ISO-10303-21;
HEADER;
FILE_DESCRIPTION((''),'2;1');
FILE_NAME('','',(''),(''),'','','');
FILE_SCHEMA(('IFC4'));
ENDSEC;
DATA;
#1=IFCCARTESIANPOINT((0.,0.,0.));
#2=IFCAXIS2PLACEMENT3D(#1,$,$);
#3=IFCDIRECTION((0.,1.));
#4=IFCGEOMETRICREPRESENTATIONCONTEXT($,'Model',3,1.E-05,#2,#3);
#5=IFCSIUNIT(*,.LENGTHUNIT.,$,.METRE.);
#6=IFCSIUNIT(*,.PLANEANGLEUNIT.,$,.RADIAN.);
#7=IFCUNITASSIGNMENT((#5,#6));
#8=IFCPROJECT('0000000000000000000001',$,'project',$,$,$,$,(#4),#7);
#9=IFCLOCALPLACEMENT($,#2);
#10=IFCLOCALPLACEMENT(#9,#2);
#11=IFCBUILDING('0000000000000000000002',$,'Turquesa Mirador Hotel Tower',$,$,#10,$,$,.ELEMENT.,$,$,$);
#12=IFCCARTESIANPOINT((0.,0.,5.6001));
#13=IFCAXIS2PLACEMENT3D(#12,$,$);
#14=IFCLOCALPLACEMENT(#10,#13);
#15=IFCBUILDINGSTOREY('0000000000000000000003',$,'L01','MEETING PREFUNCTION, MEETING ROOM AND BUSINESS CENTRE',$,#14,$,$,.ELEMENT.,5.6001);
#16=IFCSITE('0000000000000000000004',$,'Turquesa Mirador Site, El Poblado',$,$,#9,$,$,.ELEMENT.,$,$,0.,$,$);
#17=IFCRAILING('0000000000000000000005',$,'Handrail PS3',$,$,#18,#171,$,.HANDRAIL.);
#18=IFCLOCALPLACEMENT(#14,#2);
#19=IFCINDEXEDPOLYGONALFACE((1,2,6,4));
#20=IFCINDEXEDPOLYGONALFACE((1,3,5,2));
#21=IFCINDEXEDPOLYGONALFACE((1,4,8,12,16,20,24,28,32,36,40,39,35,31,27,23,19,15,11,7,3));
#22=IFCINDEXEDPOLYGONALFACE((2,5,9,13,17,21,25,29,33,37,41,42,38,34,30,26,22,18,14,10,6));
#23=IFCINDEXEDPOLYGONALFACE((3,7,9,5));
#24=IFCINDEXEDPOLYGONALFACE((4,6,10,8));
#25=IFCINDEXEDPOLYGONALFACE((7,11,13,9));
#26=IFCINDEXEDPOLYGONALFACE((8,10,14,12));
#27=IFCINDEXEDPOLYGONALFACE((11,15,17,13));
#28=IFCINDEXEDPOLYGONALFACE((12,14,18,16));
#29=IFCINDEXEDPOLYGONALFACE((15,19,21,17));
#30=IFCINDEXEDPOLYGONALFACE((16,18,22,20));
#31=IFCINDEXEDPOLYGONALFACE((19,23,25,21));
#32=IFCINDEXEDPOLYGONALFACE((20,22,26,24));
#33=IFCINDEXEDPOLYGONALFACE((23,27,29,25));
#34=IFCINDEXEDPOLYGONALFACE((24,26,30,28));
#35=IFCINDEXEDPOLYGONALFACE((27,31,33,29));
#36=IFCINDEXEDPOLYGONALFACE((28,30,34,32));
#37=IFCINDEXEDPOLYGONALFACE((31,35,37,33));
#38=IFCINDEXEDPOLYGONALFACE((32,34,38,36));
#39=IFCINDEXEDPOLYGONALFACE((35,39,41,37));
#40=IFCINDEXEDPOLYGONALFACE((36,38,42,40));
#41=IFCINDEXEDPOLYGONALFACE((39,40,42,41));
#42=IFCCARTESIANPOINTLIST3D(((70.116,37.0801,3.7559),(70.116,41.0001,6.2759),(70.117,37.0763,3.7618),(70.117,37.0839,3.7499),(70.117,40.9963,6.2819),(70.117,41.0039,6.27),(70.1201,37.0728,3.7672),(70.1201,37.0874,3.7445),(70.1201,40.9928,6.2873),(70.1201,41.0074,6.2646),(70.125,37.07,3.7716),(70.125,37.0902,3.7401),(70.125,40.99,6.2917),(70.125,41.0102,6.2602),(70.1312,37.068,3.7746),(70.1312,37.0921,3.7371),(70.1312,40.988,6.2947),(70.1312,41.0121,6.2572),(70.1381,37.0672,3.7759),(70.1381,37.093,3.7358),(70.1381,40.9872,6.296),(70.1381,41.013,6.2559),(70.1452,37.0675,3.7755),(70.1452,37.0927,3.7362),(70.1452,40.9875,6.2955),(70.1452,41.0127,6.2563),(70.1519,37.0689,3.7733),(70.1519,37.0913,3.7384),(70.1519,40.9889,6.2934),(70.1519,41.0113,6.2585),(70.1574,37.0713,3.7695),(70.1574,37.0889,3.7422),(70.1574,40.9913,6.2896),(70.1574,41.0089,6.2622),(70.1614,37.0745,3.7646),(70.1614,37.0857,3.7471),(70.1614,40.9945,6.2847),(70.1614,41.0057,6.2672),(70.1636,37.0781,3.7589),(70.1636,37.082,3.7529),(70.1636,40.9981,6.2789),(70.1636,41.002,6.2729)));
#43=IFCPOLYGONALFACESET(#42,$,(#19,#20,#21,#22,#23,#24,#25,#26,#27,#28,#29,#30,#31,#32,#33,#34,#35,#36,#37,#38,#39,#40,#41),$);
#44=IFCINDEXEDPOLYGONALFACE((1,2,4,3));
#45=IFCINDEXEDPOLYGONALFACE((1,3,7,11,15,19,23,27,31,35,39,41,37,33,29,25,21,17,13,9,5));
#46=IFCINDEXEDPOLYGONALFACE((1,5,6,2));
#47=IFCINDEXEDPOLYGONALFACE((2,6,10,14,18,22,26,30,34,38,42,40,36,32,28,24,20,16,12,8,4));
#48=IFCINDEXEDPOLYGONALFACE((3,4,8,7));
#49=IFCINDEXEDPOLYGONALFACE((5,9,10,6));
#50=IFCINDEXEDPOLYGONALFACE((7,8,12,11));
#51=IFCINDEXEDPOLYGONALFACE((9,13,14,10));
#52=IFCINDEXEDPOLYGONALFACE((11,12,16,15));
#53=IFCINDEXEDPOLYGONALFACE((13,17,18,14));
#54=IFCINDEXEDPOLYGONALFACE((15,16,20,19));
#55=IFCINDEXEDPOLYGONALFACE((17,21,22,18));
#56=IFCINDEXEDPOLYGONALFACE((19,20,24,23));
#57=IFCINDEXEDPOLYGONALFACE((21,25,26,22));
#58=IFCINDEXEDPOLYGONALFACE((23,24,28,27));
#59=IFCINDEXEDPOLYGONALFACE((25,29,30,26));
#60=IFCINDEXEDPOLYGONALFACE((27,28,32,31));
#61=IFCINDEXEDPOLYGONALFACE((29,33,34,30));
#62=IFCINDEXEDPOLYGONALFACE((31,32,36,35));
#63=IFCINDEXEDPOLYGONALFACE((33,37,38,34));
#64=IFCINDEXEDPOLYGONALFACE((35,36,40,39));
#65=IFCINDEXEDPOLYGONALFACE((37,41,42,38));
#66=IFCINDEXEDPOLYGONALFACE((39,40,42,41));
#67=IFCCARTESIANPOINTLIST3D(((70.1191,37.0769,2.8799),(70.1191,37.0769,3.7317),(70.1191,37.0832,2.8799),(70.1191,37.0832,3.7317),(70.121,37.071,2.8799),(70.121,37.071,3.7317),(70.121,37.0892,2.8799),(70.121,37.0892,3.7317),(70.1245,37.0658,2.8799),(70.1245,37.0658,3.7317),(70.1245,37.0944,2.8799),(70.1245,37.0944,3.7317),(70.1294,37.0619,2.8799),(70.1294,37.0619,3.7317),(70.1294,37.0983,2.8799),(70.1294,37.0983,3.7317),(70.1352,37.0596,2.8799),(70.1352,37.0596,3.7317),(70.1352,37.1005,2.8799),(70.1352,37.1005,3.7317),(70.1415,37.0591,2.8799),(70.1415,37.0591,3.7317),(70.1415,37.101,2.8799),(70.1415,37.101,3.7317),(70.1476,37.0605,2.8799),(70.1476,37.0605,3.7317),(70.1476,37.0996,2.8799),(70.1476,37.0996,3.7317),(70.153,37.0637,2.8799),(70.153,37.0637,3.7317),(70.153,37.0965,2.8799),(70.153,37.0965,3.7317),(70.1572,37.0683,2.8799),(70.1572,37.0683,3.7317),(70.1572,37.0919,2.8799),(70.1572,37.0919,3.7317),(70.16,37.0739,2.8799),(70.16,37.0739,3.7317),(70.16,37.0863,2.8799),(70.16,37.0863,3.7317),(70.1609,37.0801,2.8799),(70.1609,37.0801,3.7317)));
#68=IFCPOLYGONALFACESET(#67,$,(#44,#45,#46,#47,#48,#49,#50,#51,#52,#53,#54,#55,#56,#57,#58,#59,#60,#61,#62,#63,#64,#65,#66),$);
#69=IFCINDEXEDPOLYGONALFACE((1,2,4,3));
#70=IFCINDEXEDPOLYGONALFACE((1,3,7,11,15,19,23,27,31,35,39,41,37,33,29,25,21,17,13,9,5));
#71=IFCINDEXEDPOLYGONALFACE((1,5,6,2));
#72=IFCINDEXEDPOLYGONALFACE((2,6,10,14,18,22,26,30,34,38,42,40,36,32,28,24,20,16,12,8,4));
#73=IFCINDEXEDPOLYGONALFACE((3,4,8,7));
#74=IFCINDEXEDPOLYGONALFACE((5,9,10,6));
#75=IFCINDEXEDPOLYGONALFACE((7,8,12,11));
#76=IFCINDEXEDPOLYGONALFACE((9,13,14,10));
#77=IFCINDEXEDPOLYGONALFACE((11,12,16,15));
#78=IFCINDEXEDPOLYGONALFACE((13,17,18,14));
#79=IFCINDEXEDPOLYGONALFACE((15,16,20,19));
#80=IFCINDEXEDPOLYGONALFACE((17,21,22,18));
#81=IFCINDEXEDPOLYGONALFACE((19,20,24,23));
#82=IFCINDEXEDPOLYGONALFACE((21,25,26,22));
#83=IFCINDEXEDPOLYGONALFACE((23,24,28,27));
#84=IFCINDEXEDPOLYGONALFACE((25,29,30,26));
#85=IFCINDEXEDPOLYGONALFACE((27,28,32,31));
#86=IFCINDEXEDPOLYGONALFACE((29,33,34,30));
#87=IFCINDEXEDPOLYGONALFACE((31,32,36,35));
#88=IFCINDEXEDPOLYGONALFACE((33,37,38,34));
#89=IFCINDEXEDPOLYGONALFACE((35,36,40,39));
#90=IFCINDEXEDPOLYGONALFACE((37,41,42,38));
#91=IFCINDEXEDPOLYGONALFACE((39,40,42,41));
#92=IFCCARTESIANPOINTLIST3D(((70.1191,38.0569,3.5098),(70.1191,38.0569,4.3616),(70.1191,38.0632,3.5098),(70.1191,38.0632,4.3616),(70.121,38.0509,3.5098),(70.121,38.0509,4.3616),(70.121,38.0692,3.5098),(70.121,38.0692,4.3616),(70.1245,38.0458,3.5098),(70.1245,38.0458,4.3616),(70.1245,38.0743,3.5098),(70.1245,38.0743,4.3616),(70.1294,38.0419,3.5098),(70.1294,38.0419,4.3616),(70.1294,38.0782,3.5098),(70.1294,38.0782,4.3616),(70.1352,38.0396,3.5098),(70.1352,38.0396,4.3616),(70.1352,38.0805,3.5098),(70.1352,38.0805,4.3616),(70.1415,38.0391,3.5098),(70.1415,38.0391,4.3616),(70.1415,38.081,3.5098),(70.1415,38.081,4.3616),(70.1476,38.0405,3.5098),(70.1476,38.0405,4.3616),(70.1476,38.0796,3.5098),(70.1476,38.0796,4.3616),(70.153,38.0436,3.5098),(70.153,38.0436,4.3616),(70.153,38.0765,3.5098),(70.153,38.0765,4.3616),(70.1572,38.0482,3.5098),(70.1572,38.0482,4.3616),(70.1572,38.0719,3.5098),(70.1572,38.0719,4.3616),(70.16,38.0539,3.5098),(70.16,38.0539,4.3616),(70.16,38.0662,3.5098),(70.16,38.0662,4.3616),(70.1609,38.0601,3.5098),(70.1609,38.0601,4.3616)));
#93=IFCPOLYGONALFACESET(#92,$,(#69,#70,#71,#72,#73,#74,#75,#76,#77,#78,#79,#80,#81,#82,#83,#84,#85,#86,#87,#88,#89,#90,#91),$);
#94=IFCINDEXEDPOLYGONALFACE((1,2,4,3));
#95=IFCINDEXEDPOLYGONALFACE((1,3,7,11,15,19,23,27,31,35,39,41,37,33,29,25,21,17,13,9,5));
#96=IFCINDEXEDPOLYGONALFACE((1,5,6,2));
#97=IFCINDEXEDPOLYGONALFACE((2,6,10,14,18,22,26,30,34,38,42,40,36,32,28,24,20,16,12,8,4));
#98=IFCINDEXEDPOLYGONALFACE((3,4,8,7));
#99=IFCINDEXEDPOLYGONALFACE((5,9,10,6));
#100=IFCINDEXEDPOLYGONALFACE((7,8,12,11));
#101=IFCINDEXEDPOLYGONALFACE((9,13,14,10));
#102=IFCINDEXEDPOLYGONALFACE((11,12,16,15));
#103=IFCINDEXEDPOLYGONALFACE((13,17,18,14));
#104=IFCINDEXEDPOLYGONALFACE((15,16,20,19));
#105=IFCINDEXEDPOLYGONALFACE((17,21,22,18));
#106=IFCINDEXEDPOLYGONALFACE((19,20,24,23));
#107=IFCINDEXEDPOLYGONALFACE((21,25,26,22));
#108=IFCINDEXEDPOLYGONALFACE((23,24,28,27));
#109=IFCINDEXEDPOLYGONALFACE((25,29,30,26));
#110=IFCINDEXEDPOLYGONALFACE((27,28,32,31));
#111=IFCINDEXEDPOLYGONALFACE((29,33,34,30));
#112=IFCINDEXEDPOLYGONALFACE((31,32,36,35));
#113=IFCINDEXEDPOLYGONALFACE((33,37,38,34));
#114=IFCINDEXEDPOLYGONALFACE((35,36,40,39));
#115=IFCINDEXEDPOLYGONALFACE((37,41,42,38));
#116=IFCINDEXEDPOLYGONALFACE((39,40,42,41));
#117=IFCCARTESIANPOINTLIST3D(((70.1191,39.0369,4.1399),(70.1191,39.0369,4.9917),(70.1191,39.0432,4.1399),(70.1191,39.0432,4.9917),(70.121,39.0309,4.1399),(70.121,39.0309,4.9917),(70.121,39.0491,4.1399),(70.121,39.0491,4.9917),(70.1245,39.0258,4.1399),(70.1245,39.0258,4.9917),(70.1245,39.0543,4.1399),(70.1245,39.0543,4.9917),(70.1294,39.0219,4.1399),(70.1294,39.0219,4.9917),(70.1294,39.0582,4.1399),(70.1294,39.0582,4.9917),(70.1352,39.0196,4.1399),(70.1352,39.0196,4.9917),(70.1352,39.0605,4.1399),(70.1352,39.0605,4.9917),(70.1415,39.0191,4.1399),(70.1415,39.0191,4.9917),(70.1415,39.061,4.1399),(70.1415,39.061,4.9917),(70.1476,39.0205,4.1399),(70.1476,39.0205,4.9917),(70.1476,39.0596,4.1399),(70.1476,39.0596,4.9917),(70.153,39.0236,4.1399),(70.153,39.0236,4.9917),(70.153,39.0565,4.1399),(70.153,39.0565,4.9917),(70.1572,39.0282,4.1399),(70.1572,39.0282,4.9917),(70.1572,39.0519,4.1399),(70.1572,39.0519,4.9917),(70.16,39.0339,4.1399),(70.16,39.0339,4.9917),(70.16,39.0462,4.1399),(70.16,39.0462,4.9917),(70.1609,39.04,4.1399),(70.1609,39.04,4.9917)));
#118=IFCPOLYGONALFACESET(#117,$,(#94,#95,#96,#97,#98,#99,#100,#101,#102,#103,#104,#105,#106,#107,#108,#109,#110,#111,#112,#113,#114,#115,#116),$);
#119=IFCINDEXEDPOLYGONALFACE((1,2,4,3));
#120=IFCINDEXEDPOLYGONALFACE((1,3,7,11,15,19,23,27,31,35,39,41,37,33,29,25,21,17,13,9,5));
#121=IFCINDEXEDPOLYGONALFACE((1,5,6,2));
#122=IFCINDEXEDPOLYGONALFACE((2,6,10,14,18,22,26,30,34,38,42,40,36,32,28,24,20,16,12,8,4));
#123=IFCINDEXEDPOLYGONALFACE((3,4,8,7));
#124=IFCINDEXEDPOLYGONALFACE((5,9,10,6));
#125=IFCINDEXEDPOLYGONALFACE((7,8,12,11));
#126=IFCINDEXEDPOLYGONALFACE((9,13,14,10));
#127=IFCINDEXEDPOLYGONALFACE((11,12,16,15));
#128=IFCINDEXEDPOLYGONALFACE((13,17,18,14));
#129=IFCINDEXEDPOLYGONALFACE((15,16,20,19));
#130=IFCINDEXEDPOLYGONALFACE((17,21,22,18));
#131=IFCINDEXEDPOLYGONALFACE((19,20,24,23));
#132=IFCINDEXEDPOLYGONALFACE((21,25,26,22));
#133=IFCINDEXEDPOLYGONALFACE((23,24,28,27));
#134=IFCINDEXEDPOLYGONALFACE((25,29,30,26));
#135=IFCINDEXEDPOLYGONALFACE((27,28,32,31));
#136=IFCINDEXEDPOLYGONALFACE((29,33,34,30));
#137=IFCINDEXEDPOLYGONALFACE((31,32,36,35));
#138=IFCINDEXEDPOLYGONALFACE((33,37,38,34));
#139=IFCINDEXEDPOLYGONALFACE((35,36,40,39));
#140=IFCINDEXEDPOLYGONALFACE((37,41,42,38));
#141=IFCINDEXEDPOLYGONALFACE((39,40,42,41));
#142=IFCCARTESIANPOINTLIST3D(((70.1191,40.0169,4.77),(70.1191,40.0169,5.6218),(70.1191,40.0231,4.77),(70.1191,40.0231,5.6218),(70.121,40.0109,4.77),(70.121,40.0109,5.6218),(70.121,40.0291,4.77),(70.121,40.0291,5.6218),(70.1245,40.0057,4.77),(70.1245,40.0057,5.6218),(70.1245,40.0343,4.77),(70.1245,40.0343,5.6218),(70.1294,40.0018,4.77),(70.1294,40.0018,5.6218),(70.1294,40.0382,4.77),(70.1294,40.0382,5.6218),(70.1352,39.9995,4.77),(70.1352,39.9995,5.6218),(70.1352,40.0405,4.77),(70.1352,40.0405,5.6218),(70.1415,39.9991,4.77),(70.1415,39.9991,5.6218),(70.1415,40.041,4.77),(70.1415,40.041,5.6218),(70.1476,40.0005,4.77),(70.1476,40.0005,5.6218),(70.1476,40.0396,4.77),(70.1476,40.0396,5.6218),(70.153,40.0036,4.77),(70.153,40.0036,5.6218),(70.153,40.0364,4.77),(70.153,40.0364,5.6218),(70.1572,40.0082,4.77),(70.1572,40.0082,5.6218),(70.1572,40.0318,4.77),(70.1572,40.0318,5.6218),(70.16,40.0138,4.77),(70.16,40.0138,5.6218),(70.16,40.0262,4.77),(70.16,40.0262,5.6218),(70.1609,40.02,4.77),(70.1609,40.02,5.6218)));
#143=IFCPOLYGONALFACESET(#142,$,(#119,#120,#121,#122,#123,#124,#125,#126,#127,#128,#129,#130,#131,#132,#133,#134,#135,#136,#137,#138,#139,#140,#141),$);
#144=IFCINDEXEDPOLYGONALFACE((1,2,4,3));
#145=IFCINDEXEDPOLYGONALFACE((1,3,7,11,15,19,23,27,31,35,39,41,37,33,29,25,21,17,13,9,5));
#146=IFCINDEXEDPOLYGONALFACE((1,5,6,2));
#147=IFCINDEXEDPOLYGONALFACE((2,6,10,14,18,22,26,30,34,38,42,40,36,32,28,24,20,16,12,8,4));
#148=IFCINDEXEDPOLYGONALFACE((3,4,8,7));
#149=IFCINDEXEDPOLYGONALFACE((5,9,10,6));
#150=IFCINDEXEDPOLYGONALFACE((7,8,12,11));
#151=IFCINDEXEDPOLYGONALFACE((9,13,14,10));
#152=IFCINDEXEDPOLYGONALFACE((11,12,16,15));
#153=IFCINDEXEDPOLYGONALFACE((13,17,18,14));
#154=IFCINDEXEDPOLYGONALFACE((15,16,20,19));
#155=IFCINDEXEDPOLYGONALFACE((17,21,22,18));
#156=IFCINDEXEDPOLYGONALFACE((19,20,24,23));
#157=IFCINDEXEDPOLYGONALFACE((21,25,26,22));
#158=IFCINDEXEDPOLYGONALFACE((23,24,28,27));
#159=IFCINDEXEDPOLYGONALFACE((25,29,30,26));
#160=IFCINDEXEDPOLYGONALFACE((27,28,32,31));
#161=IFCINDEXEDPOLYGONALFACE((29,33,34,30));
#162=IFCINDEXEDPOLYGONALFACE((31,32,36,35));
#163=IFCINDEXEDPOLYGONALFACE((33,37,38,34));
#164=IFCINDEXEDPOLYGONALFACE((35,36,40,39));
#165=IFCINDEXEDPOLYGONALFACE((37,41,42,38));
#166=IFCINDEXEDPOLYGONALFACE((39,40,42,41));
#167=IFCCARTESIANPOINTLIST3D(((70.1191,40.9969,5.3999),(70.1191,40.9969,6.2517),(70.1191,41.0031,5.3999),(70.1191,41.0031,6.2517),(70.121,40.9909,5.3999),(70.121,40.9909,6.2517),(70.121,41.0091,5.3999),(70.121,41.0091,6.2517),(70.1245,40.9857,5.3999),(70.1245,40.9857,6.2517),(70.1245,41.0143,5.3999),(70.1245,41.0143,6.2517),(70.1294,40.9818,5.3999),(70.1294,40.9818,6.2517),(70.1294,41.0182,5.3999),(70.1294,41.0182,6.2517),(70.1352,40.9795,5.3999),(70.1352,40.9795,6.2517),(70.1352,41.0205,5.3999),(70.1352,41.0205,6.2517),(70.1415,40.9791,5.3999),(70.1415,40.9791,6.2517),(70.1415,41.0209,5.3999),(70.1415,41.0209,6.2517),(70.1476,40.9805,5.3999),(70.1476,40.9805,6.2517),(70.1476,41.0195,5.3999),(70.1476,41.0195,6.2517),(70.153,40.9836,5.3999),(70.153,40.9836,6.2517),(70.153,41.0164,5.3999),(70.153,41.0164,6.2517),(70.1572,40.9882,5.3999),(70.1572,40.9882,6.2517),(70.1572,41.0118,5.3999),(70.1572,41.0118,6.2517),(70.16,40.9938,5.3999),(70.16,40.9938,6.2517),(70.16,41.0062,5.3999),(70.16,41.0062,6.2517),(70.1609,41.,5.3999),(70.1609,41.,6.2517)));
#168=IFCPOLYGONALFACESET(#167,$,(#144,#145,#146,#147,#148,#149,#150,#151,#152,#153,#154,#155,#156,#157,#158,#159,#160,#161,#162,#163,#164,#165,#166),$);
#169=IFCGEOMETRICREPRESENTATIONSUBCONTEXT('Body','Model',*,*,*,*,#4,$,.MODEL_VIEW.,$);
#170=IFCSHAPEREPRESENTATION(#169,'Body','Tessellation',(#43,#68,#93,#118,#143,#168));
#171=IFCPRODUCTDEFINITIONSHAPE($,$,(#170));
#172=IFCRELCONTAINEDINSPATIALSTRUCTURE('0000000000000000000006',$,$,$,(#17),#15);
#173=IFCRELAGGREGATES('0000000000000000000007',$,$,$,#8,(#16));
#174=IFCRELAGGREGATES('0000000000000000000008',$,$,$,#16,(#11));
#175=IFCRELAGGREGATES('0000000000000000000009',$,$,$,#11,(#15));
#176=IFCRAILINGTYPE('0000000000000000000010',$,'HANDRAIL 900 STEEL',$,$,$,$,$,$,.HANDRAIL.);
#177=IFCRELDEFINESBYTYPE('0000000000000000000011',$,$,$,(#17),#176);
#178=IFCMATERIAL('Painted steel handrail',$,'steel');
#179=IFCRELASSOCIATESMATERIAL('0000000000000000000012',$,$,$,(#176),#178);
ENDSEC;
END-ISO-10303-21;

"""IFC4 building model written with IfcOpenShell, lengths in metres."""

from ifc_helpers import new_model, si_unit, direction, frame, origin, origin_2d, place, context, subcontext, project, spatial, circle, extrude, material, type_object, element, save


model = new_model("IFC4")

# Units and contexts
model_context = context("Model", 3, precision=1e-05, world=origin(), true_north=direction((0.0, 1.0)))
body_context = subcontext(model_context, "Body", "Model", "MODEL_VIEW")
ifc_project = project(units=[si_unit("LENGTHUNIT", "METRE"), si_unit("PLANEANGLEUNIT", "RADIAN")], contexts=[model_context])

# Site, building, storey
site_placement = place(None, origin())
site = spatial("IfcSite", under=ifc_project, at=site_placement, Name="Turquesa Mirador Site, El Poblado", CompositionType="ELEMENT", RefElevation=0.0)
building_placement = place(site_placement, origin())
building = spatial("IfcBuilding", under=site, at=building_placement, Name="Turquesa Mirador Hotel Tower", CompositionType="ELEMENT")
storey_placement = place(building_placement, frame((0.0, 0.0, 5.6001)))
storey = spatial("IfcBuildingStorey", under=building, at=storey_placement, Name="L01", Description="MEETING PREFUNCTION, MEETING ROOM AND BUSINESS CENTRE", CompositionType="ELEMENT", Elevation=5.6001)

# Railing
ifc_material_1 = material(Name="Painted steel handrail", Category="steel")
railing_type = type_object("IfcRailingType", Name="HANDRAIL 900 STEEL", PredefinedType="HANDRAIL", material=ifc_material_1)
railing_1_placement = place(storey_placement, frame((70.1399, 37.0801, 2.8799)))
element("IfcRailing", 1, at=railing_1_placement, inside=storey, type_object=railing_type, Name="Handrail PS3", PredefinedType="HANDRAIL", context=body_context, shape_type="SweptSolid", body=[
    extrude(circle(Radius=0.0239, at=origin_2d()), frame((0.0, 0.0, 0.876), z_axis=(0.0, 0.841172, 0.540768), x_axis=(-1.0, 0.0, 0.0)), (0.0, 0.0, 1.0), 4.6602),
    extrude(circle(Radius=0.021, at=origin_2d()), origin(), (0.0, 0.0, 1.0), 0.8518),
    extrude(circle(Radius=0.021, at=origin_2d()), frame((0.0, 0.98, 0.6299)), (0.0, 0.0, 1.0), 0.8518),
    extrude(circle(Radius=0.021, at=origin_2d()), frame((0.0, 1.96, 1.26)), (0.0, 0.0, 1.0), 0.8518),
    extrude(circle(Radius=0.021, at=origin_2d()), frame((0.0, 2.9399, 1.8901)), (0.0, 0.0, 1.0), 0.8518),
    extrude(circle(Radius=0.021, at=origin_2d()), frame((0.0, 3.9199, 2.52)), (0.0, 0.0, 1.0), 0.8518),
])

save(model, "model.ifc")
